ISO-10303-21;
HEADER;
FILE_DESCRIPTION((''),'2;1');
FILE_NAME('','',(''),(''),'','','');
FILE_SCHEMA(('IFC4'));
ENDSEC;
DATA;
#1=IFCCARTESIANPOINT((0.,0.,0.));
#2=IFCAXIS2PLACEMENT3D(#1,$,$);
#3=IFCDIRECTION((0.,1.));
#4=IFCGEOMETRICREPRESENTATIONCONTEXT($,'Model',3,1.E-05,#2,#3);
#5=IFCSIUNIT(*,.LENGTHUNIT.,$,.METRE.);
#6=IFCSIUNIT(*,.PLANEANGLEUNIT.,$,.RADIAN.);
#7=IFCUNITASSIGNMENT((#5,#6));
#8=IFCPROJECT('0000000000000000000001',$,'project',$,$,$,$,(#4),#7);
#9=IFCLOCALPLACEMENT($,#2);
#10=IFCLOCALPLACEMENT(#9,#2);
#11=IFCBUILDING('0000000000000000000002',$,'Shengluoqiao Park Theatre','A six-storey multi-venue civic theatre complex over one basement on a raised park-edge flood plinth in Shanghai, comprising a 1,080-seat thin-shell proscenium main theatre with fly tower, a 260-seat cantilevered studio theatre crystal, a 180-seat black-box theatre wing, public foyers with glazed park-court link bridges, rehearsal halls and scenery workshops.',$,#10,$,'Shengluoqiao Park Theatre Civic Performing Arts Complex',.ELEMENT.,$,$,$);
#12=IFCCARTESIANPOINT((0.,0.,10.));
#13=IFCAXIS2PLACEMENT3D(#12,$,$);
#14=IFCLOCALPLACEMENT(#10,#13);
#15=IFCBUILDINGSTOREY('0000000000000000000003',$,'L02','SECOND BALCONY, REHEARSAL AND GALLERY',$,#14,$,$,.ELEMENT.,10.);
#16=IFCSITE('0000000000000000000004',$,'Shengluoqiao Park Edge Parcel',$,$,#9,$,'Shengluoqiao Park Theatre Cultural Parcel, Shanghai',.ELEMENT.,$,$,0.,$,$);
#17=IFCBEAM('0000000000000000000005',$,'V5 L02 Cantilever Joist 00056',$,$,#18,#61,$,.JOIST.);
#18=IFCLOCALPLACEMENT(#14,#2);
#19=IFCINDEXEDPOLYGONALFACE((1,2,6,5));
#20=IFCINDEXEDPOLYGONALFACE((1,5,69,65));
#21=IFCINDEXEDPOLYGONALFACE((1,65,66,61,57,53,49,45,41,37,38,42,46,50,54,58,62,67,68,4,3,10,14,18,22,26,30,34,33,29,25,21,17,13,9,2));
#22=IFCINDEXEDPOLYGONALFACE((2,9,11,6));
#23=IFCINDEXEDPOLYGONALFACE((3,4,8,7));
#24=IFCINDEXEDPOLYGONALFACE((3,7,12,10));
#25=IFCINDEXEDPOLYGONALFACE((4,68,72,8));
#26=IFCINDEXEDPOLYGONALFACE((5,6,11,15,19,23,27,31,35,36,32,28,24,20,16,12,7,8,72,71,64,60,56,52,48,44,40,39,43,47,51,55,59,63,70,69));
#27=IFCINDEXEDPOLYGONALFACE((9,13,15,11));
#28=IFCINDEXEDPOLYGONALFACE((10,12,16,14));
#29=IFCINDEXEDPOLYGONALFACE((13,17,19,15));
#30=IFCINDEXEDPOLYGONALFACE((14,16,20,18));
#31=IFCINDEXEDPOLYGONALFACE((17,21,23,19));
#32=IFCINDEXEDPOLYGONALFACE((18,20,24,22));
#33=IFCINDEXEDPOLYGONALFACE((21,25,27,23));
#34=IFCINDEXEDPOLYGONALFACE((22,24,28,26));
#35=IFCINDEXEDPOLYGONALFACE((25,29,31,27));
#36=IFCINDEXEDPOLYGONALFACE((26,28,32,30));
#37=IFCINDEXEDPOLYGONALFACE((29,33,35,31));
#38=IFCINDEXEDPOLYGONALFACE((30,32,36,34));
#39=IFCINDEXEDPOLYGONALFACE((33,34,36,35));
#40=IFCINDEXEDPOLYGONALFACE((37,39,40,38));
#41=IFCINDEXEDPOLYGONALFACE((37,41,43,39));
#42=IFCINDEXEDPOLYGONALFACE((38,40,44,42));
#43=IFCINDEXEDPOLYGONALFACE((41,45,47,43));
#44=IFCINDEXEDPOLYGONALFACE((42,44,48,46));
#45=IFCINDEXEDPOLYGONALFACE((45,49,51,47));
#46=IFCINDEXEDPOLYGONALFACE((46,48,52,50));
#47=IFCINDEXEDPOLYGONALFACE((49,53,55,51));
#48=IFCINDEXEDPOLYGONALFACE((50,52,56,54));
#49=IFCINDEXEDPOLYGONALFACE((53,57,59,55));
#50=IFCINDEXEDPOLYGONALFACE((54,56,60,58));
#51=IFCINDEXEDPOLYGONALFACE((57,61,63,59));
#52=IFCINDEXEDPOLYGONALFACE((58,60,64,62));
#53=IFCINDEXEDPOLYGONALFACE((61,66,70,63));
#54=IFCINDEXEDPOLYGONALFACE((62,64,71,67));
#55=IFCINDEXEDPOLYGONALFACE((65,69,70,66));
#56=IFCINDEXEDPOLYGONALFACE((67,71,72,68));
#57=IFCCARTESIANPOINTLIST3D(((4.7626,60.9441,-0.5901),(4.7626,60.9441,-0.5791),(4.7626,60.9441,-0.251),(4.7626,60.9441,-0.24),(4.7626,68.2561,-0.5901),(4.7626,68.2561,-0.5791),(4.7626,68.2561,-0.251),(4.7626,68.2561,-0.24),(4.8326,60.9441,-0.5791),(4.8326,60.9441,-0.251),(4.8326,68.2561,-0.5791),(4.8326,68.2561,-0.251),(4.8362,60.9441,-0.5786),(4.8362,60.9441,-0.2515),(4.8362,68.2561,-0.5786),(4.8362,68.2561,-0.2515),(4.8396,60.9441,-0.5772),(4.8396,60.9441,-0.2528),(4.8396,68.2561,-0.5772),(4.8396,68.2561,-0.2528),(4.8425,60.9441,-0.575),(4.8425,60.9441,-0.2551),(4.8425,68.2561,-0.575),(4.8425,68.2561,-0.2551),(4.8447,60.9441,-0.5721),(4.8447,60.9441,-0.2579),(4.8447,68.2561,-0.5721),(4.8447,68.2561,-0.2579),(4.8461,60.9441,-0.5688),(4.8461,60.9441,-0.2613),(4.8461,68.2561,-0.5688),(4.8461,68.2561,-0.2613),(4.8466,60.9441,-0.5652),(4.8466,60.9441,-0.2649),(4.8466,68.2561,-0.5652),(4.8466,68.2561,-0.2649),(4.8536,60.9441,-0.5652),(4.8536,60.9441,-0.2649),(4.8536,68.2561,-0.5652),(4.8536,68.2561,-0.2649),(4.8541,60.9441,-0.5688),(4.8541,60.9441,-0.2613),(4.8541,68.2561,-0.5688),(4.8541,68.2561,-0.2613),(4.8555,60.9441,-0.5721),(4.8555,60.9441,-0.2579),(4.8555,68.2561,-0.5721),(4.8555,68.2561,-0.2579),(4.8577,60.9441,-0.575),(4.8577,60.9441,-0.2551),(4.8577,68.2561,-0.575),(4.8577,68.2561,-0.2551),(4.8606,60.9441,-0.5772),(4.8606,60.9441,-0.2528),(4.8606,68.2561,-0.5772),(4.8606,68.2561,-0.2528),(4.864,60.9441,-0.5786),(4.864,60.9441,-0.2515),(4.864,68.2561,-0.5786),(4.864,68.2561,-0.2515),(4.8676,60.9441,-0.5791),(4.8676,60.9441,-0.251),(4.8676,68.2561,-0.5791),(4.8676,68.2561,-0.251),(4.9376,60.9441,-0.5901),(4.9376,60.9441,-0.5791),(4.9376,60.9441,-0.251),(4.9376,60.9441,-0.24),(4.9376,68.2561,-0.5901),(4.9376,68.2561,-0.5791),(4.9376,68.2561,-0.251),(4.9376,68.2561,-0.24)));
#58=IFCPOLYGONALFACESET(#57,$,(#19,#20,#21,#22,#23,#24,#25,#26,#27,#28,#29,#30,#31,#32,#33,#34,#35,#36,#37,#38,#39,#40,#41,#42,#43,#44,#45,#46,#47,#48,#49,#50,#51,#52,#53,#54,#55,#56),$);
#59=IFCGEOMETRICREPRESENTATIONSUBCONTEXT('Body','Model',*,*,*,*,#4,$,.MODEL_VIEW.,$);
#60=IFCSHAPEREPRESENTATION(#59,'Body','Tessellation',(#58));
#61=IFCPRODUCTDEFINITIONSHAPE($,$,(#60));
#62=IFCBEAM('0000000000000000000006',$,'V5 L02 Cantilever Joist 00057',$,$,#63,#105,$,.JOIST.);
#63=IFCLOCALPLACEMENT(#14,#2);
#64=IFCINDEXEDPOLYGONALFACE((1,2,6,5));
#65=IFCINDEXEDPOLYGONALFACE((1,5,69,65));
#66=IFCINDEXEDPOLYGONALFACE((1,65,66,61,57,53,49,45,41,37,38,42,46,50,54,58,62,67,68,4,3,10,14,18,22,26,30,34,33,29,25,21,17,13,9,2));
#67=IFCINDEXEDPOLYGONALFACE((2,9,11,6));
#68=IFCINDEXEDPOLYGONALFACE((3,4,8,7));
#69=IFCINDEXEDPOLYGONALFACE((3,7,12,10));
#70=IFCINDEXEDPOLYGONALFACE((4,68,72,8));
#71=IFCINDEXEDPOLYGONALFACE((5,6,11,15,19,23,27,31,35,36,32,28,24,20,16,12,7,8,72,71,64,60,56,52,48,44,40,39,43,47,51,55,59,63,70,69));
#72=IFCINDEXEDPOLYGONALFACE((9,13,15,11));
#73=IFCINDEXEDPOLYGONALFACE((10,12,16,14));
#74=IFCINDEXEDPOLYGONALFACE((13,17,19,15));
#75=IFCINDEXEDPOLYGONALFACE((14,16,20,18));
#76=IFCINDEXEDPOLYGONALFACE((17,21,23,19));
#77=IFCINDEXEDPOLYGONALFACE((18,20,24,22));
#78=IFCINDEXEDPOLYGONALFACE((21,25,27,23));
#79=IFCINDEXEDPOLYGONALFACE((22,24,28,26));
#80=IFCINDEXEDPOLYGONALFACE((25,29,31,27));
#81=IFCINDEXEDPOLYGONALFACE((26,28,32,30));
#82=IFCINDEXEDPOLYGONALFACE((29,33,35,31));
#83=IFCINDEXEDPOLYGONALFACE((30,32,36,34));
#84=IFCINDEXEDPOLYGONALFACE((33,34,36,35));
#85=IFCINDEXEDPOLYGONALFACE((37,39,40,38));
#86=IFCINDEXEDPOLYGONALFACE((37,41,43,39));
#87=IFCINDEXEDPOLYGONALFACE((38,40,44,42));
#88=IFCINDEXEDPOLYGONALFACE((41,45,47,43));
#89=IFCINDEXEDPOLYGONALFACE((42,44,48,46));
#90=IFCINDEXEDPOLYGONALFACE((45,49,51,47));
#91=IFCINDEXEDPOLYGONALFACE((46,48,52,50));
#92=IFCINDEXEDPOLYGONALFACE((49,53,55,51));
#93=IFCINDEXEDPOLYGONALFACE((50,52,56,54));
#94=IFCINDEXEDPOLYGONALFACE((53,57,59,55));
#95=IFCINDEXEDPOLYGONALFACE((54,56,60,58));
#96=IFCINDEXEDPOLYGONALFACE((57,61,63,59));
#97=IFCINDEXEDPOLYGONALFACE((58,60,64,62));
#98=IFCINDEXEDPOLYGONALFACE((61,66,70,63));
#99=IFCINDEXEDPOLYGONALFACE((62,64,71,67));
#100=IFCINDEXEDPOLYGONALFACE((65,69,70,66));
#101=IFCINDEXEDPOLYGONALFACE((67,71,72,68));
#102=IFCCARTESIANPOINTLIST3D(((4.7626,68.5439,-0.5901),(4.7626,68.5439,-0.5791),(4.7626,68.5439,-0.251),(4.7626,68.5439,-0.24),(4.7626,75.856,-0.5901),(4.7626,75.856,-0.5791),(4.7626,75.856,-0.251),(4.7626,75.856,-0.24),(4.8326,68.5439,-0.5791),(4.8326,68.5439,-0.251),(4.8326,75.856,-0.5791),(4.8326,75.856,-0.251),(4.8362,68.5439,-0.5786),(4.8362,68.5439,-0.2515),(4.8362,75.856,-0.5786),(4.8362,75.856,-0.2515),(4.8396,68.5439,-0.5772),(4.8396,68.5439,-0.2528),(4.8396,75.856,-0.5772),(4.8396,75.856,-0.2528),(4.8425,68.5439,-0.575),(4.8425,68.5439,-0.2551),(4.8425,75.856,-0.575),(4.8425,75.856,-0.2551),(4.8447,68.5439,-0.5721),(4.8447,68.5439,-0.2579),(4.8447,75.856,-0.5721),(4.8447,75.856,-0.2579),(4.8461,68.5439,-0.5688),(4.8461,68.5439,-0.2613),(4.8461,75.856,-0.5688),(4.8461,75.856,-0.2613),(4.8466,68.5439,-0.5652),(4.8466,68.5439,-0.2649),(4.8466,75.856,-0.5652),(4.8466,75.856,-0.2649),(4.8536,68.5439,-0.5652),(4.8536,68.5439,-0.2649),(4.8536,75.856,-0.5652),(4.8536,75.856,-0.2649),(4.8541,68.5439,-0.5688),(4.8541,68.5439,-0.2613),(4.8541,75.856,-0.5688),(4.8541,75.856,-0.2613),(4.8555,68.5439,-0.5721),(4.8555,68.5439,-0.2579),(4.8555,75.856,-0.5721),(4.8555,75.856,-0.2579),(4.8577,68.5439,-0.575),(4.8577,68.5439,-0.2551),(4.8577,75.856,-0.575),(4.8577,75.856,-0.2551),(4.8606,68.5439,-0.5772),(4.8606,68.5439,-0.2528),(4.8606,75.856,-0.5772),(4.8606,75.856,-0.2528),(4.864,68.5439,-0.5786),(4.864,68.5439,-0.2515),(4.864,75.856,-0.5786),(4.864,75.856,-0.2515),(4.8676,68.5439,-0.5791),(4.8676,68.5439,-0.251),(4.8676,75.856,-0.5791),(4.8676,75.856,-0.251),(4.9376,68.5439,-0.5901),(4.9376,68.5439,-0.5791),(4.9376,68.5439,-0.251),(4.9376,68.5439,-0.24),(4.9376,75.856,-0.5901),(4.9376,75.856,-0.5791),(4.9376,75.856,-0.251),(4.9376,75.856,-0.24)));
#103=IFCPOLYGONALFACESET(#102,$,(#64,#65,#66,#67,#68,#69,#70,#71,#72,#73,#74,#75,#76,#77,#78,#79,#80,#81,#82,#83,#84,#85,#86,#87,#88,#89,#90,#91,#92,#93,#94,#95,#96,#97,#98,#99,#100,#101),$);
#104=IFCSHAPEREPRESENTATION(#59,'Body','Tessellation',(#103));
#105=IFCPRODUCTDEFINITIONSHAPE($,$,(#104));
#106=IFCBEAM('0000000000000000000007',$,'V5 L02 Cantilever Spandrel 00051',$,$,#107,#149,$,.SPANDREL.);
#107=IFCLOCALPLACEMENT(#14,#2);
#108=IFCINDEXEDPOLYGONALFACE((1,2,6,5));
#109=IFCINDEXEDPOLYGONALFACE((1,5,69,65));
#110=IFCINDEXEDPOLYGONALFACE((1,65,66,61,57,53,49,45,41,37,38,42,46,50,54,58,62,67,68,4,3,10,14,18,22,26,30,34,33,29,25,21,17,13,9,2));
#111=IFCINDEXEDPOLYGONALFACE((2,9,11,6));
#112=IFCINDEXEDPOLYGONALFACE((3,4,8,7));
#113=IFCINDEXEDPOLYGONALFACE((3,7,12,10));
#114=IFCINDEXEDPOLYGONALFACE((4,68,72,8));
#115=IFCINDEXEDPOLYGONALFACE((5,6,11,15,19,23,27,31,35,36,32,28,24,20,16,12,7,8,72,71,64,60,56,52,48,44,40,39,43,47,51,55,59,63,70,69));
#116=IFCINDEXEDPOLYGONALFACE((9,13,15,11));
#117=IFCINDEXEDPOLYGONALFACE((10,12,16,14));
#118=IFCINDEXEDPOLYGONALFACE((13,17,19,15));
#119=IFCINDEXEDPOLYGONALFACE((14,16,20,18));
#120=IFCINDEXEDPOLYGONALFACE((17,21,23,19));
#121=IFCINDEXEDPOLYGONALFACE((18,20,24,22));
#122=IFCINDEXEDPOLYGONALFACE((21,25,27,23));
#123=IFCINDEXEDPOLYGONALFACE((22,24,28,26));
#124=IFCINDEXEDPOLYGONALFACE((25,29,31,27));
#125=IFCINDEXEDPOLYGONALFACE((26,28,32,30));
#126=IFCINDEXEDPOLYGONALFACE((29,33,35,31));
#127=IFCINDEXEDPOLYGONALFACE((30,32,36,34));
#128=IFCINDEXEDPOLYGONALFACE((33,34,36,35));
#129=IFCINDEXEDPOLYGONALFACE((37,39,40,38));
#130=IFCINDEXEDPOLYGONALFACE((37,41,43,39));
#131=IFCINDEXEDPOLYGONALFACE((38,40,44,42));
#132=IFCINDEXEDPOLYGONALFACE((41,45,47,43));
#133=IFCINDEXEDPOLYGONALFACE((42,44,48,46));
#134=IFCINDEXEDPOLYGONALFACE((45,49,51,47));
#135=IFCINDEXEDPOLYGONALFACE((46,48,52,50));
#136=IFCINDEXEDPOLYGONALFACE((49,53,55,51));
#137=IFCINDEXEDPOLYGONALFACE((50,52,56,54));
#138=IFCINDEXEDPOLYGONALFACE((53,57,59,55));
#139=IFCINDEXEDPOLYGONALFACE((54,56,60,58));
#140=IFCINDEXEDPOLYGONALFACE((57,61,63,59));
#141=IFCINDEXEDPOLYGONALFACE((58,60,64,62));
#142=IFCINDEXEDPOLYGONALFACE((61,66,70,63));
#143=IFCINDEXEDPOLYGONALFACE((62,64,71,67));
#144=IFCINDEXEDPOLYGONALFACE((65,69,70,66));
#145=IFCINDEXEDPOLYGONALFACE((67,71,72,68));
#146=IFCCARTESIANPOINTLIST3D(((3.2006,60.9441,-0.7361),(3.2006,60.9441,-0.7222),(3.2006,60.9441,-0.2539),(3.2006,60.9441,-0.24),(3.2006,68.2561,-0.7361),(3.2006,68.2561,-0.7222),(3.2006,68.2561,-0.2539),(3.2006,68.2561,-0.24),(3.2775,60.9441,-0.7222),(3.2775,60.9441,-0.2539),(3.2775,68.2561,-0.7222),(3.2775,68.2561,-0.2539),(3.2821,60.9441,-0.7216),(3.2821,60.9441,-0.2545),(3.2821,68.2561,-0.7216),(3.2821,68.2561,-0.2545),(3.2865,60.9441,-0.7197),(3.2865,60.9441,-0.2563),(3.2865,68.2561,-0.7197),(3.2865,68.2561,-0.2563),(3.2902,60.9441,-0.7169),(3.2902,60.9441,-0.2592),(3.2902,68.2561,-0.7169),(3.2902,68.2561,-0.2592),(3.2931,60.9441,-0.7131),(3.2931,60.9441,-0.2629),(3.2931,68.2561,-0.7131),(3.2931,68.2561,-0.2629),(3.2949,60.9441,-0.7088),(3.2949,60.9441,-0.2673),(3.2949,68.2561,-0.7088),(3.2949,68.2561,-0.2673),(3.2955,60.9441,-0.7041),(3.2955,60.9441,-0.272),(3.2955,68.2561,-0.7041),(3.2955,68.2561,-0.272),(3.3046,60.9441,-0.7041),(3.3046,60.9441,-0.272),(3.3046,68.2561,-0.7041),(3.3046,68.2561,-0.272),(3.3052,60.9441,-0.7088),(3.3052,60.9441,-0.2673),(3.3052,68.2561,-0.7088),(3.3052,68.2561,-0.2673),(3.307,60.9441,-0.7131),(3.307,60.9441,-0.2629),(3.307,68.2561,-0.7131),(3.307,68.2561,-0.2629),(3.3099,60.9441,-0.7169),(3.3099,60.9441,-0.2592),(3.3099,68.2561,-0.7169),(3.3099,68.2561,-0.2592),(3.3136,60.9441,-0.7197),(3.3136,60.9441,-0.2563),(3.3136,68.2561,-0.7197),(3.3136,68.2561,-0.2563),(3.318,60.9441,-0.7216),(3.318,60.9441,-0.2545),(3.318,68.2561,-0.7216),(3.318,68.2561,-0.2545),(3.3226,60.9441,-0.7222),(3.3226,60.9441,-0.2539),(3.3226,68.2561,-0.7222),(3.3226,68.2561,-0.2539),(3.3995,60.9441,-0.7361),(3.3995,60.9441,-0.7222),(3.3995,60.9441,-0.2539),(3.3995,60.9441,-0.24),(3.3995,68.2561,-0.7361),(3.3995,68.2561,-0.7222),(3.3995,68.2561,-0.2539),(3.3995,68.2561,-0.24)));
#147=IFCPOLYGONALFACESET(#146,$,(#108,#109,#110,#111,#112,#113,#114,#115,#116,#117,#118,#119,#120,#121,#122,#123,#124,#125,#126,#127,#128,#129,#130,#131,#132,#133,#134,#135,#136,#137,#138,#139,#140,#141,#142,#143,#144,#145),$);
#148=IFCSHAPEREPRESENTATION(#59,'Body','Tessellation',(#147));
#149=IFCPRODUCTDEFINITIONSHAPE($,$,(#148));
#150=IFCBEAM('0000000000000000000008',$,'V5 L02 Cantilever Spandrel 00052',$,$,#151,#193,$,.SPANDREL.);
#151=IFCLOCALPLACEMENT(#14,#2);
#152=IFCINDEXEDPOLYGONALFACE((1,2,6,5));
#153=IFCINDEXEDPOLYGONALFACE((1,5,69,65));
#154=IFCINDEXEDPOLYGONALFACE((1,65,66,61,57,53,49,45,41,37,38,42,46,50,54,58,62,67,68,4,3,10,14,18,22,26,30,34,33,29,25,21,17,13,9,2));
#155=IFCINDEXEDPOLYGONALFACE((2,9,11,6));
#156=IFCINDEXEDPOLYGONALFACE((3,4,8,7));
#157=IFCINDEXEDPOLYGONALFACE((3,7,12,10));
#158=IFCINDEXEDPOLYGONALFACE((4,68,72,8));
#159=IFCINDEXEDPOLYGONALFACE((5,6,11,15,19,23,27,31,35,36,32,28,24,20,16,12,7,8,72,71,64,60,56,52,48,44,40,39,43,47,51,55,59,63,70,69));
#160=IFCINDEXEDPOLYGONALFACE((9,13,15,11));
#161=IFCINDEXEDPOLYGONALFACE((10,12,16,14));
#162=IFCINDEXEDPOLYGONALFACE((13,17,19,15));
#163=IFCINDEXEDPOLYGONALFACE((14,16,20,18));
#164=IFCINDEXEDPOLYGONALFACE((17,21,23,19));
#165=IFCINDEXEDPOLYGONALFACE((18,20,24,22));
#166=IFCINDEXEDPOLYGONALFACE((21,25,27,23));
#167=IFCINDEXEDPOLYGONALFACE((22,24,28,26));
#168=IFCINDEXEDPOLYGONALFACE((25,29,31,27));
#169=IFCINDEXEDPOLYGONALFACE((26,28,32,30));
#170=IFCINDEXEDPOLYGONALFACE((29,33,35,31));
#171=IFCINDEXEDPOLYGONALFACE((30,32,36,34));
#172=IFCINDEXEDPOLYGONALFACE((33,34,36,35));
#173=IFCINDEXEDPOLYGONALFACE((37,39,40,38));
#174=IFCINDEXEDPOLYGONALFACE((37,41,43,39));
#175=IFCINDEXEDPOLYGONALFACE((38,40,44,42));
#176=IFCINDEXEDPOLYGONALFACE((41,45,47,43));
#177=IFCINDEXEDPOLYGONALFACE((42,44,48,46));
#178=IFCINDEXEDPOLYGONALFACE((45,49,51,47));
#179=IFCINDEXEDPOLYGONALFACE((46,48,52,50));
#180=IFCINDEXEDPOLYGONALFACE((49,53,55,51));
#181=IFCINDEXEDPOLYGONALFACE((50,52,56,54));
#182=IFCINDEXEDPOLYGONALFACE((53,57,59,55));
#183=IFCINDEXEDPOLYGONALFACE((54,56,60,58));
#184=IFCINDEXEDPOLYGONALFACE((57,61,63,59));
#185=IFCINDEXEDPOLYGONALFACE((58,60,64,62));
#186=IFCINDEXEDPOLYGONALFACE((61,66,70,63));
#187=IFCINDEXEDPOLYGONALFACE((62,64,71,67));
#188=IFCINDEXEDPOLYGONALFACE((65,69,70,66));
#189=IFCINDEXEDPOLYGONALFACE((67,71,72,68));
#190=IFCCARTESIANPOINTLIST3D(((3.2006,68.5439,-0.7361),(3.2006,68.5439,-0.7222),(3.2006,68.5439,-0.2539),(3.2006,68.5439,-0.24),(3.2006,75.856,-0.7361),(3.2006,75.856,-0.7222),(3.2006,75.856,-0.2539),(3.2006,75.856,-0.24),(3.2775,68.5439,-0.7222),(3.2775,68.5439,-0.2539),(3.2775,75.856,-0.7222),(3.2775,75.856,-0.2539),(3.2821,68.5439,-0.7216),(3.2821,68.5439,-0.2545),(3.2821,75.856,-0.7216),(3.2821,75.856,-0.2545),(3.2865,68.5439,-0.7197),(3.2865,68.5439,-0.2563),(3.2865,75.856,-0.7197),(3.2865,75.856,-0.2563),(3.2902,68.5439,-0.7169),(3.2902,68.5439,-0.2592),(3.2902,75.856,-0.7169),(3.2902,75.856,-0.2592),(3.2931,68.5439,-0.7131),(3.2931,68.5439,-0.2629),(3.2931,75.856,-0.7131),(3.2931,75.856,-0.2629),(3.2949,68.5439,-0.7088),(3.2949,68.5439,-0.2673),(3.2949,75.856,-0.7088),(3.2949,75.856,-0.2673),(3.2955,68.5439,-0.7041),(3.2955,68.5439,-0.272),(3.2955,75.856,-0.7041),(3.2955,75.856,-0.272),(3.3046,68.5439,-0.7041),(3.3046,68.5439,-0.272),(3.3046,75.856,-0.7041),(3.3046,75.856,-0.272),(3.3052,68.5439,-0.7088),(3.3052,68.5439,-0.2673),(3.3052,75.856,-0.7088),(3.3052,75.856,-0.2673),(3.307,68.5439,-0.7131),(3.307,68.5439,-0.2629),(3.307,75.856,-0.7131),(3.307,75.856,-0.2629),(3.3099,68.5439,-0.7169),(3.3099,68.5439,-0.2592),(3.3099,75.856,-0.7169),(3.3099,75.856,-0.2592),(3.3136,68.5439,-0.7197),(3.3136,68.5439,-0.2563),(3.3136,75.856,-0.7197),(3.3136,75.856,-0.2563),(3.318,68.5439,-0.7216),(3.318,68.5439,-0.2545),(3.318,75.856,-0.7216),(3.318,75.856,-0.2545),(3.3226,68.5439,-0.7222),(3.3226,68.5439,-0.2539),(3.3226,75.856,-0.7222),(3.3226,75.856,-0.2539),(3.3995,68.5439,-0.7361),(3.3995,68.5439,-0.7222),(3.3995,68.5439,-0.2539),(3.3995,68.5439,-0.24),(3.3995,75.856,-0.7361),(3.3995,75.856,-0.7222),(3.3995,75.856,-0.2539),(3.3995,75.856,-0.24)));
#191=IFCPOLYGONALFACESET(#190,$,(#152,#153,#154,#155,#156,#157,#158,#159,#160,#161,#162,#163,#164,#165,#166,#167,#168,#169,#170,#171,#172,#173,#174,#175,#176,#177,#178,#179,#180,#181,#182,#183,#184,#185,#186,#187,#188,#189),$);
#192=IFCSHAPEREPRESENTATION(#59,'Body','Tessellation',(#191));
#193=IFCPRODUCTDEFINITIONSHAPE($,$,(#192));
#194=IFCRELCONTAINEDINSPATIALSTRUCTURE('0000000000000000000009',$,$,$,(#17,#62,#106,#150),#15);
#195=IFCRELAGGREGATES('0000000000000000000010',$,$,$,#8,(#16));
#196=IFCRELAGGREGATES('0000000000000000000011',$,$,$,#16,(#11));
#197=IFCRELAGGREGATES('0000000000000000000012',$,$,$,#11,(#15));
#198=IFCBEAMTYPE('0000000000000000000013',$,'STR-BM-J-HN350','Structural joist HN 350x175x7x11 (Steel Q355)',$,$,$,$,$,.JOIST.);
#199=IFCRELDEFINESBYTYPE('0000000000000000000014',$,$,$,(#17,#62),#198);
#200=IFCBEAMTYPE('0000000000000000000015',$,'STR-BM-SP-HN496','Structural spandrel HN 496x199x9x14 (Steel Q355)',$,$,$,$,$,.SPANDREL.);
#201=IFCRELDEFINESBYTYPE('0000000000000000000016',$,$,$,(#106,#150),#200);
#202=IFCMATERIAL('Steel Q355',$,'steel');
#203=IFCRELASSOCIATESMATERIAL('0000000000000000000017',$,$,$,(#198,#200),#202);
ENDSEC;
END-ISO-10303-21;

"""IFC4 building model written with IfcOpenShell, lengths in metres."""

from ifc_helpers import new_model, si_unit, direction, frame, origin, origin_2d, place, context, subcontext, project, spatial, i_section, extrude, material, material_profile, profile_set, type_object, element, save


model = new_model("IFC4")

# Units and contexts
model_context = context("Model", 3, precision=1e-05, world=origin(), true_north=direction((0.0, 1.0)))
body_context = subcontext(model_context, "Body", "Model", "MODEL_VIEW")
ifc_project = project(units=[si_unit("LENGTHUNIT", "METRE"), si_unit("PLANEANGLEUNIT", "RADIAN")], contexts=[model_context])

# Site, building, storey
site_placement = place(None, origin())
site = spatial("IfcSite", under=ifc_project, at=site_placement, Name="Shengluoqiao Park Edge Parcel", LongName="Shengluoqiao Park Theatre Cultural Parcel, Shanghai", CompositionType="ELEMENT", RefElevation=0.0)
building_placement = place(site_placement, origin())
building = spatial("IfcBuilding", under=site, at=building_placement, Name="Shengluoqiao Park Theatre", Description="A six-storey multi-venue civic theatre complex over one basement on a raised park-edge flood plinth in Shanghai, comprising a 1,080-seat thin-shell proscenium main theatre with fly tower, a 260-seat cantilevered studio theatre crystal, a 180-seat black-box theatre wing, public foyers with glazed park-court link bridges, rehearsal halls and scenery workshops.", LongName="Shengluoqiao Park Theatre Civic Performing Arts Complex", CompositionType="ELEMENT")
storey_placement = place(building_placement, frame((0.0, 0.0, 10.0)))
storey = spatial("IfcBuildingStorey", under=building, at=storey_placement, Name="L02", Description="SECOND BALCONY, REHEARSAL AND GALLERY", CompositionType="ELEMENT", Elevation=10.0)

# Beams
ifc_material_1 = material(Name="Steel Q355", Category="steel")
ifc_material_profile_1 = material_profile(ifc_material_1, i_section(OverallWidth=0.175, OverallDepth=0.3501, WebThickness=0.0071, FlangeThickness=0.011, FilletRadius=0.0139, at=origin_2d()), Name="HN 350x175x7x11")
ifc_profile_set_1 = profile_set([ifc_material_profile_1], Name="Steel Q355")
beam_type_1 = type_object("IfcBeamType", Name="STR-BM-J-HN350", Description="Structural joist HN 350x175x7x11 (Steel Q355)", PredefinedType="JOIST", material=ifc_profile_set_1)
for number, where, z_axis, x_axis, name in (
    (1, (4.8501, 60.9441, -0.415), (0.0, 1.0, 0.0), (-1.0, 0.0, 0.0), "V5 L02 Cantilever Joist 00056"),
    (2, (4.8501, 68.5439, -0.415), (0.0, 1.0, 0.0), (-1.0, 0.0, 0.0), "V5 L02 Cantilever Joist 00057"),
):
    element("IfcBeam", number, at=place(storey_placement, frame(where, z_axis=z_axis, x_axis=x_axis)), inside=storey, type_object=beam_type_1, Name=name, PredefinedType="JOIST", context=body_context, shape_type="SweptSolid", body=[
        extrude(i_section(OverallWidth=0.175, OverallDepth=0.3501, WebThickness=0.0071, FlangeThickness=0.011, FilletRadius=0.0139, at=origin_2d()), origin(), (0.0, 0.0, 1.0), 7.312),
    ])
ifc_material_profile_2 = material_profile(ifc_material_1, i_section(OverallWidth=0.199, OverallDepth=0.4961, WebThickness=0.009, FlangeThickness=0.0139, FilletRadius=0.0181, at=origin_2d()), Name="HN 496x199x9x14")
ifc_profile_set_2 = profile_set([ifc_material_profile_2], Name="Steel Q355")
beam_type_2 = type_object("IfcBeamType", Name="STR-BM-SP-HN496", Description="Structural spandrel HN 496x199x9x14 (Steel Q355)", PredefinedType="SPANDREL", material=ifc_profile_set_2)
for number, where, z_axis, x_axis, name in (
    (3, (3.3, 60.9441, -0.488), (0.0, 1.0, 0.0), (-1.0, 0.0, 0.0), "V5 L02 Cantilever Spandrel 00051"),
    (4, (3.3, 68.5439, -0.488), (0.0, 1.0, 0.0), (-1.0, 0.0, 0.0), "V5 L02 Cantilever Spandrel 00052"),
):
    element("IfcBeam", number, at=place(storey_placement, frame(where, z_axis=z_axis, x_axis=x_axis)), inside=storey, type_object=beam_type_2, Name=name, PredefinedType="SPANDREL", context=body_context, shape_type="SweptSolid", body=[
        extrude(i_section(OverallWidth=0.199, OverallDepth=0.4961, WebThickness=0.009, FlangeThickness=0.0139, FilletRadius=0.0181, at=origin_2d()), origin(), (0.0, 0.0, 1.0), 7.312),
    ])

save(model, "model.ifc")
